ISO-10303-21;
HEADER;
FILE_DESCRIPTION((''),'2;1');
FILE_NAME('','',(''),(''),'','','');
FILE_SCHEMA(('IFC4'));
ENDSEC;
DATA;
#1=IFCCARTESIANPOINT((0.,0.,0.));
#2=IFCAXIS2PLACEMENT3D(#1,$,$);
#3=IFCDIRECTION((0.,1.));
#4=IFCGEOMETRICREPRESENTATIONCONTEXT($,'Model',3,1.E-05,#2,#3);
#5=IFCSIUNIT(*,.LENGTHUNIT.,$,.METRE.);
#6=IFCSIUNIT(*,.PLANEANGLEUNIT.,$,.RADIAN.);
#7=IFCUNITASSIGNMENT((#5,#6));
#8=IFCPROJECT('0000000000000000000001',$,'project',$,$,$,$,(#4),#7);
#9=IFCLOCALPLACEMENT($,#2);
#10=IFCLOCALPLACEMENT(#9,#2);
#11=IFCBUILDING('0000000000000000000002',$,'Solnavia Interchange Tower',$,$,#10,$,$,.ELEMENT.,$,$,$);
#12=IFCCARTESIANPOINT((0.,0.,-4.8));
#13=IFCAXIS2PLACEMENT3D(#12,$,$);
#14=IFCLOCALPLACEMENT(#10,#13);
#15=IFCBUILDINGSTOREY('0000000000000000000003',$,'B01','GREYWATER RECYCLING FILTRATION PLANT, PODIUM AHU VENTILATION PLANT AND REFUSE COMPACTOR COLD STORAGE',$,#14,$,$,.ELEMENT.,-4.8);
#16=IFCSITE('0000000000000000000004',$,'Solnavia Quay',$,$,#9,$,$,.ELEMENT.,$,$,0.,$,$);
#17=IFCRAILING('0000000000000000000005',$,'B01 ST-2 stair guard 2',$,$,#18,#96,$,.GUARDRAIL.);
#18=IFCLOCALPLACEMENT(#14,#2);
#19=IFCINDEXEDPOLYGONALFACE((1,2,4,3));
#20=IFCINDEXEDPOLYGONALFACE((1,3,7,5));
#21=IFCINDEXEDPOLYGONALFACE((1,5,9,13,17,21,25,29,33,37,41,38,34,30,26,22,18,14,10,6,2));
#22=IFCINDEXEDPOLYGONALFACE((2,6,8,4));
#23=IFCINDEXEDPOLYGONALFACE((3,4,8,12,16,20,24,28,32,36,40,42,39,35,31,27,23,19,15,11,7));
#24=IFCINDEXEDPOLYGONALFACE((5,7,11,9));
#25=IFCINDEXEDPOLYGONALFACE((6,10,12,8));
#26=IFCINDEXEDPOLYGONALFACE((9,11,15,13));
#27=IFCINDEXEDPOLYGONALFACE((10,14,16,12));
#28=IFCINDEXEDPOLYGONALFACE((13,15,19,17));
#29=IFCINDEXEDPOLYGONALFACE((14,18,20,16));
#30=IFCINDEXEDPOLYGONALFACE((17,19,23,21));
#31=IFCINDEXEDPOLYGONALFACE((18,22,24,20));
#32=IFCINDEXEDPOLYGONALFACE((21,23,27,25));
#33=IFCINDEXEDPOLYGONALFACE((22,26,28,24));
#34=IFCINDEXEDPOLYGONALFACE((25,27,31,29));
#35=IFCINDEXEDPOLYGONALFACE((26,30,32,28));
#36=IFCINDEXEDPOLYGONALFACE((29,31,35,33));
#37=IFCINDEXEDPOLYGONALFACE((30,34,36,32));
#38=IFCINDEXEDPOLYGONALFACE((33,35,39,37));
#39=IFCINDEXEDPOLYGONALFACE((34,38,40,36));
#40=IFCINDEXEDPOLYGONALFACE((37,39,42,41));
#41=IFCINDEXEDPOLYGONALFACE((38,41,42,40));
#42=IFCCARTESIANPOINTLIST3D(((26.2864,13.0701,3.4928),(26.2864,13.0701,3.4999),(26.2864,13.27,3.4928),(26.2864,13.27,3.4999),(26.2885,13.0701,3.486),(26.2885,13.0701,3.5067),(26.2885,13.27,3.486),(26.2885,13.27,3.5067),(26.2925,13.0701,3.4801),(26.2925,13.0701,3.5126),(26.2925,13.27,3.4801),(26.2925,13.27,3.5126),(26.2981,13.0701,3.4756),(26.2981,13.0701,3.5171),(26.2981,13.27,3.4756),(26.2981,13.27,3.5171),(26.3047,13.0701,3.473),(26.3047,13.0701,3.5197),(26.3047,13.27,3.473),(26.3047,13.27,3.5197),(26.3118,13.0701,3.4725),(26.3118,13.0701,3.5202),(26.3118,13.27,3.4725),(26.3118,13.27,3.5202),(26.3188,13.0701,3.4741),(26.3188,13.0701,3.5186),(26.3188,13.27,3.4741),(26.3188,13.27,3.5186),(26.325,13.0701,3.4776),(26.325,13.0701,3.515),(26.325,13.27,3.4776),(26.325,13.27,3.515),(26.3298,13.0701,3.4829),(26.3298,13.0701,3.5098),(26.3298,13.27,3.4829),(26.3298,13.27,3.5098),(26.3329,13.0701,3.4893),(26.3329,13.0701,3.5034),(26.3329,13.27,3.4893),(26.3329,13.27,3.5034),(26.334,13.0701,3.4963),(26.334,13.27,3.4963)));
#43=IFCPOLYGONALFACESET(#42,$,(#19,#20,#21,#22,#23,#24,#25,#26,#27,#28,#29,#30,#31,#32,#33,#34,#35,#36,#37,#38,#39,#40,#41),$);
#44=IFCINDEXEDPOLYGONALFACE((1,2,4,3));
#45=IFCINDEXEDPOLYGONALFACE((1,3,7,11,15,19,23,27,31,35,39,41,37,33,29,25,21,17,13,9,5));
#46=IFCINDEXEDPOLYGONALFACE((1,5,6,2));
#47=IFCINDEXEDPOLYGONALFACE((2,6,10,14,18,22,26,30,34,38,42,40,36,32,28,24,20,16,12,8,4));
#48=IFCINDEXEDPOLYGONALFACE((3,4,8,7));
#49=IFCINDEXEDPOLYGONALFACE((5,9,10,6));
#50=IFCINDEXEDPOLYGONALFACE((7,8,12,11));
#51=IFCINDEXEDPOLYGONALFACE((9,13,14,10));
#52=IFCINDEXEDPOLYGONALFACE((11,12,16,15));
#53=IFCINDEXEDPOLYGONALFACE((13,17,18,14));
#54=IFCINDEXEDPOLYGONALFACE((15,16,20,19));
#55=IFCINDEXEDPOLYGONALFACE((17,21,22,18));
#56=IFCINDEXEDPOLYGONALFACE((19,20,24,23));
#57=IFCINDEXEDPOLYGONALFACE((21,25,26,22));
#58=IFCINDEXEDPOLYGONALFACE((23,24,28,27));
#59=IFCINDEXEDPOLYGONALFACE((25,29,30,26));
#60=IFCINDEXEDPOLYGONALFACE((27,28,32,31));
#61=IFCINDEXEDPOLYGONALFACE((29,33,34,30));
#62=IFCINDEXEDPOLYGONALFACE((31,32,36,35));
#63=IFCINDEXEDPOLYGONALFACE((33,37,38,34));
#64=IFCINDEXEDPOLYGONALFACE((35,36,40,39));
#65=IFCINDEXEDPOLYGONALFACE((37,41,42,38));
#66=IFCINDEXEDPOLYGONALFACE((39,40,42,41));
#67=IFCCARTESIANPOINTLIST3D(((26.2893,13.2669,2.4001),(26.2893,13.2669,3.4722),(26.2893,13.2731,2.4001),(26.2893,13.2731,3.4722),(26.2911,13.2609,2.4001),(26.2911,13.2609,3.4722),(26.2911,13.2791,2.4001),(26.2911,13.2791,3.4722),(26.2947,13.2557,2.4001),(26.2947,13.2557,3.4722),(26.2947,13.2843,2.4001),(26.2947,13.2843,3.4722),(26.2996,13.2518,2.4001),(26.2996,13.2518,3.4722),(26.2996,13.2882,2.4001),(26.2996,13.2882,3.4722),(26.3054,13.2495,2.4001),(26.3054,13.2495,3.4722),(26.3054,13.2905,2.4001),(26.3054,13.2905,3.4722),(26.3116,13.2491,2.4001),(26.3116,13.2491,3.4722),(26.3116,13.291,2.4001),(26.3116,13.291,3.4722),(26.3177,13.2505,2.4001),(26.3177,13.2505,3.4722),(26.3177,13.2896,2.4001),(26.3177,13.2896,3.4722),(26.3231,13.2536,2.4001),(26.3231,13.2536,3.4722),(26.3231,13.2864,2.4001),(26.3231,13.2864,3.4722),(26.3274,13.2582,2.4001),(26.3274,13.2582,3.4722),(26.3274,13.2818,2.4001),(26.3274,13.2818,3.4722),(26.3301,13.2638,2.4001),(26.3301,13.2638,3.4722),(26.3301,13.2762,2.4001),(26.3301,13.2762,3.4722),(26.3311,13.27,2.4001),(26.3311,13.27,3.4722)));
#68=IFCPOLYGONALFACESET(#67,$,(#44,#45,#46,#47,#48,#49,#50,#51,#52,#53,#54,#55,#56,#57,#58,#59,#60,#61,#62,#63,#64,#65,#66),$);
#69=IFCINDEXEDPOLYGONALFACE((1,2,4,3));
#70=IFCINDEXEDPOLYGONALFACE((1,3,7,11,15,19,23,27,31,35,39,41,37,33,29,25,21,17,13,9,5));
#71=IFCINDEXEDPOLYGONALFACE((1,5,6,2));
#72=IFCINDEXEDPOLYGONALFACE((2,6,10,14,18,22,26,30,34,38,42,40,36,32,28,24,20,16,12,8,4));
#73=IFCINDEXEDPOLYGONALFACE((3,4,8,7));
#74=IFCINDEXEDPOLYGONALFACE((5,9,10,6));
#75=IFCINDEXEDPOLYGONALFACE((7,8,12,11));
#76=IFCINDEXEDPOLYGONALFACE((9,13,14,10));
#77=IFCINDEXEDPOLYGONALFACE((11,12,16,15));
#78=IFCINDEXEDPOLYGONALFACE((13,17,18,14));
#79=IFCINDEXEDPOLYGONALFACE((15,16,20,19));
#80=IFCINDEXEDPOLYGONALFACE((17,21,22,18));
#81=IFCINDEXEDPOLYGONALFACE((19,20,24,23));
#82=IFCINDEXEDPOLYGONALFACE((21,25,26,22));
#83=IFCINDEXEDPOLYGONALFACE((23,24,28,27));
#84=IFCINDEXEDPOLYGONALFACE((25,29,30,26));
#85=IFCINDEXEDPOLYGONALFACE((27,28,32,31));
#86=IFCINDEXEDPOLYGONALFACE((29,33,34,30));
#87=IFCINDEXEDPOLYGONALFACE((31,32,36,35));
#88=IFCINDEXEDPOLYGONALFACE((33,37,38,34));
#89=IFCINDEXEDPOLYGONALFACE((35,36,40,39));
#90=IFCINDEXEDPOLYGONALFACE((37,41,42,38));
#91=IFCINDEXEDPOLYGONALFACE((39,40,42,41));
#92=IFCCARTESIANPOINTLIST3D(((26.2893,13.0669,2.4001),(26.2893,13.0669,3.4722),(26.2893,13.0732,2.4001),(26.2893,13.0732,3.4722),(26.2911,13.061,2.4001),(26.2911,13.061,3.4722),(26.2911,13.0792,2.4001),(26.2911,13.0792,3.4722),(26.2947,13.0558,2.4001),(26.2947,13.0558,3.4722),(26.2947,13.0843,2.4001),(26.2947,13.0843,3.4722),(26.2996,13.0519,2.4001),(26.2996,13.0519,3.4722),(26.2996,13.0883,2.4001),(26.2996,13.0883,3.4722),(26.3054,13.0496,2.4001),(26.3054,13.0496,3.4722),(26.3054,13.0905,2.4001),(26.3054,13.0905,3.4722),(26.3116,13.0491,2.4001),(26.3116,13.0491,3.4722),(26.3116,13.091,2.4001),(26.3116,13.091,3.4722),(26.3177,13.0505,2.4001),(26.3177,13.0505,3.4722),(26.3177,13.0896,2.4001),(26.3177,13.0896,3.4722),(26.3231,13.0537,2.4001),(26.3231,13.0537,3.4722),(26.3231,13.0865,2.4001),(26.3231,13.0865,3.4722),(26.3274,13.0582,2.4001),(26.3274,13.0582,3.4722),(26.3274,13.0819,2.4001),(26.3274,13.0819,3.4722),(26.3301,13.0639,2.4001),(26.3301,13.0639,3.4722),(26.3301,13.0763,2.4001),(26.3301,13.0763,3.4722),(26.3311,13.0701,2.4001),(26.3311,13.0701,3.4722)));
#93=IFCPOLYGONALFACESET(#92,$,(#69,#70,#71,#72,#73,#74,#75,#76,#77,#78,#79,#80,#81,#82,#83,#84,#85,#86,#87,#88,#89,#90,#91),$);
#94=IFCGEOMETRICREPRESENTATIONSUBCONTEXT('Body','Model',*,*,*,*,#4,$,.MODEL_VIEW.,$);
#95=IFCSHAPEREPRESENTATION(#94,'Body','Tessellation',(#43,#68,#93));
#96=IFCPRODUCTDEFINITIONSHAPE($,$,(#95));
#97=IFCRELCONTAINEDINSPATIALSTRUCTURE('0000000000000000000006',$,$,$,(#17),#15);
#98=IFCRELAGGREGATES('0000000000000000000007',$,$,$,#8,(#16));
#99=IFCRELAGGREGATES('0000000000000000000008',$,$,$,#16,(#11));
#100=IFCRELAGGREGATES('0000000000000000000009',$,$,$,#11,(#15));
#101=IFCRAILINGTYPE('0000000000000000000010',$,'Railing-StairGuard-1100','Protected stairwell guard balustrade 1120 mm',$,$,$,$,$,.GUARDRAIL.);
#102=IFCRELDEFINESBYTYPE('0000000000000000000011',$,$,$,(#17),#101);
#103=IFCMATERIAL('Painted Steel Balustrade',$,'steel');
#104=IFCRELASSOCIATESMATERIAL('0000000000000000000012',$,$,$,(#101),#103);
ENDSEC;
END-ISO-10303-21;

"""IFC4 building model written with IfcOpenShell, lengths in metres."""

from ifc_helpers import new_model, si_unit, direction, frame, origin, origin_2d, place, context, subcontext, project, spatial, circle, extrude, material, type_object, element, save


model = new_model("IFC4")

# Units and contexts
model_context = context("Model", 3, precision=1e-05, world=origin(), true_north=direction((0.0, 1.0)))
body_context = subcontext(model_context, "Body", "Model", "MODEL_VIEW")
ifc_project = project(units=[si_unit("LENGTHUNIT", "METRE"), si_unit("PLANEANGLEUNIT", "RADIAN")], contexts=[model_context])

# Site, building, storey
site_placement = place(None, origin())
site = spatial("IfcSite", under=ifc_project, at=site_placement, Name="Solnavia Quay", CompositionType="ELEMENT", RefElevation=0.0)
building_placement = place(site_placement, origin())
building = spatial("IfcBuilding", under=site, at=building_placement, Name="Solnavia Interchange Tower", CompositionType="ELEMENT")
storey_placement = place(building_placement, frame((0.0, 0.0, -4.8)))
storey = spatial("IfcBuildingStorey", under=building, at=storey_placement, Name="B01", Description="GREYWATER RECYCLING FILTRATION PLANT, PODIUM AHU VENTILATION PLANT AND REFUSE COMPACTOR COLD STORAGE", CompositionType="ELEMENT", Elevation=-4.8)

# Railing
ifc_material_1 = material(Name="Painted Steel Balustrade", Category="steel")
railing_type_1 = type_object("IfcRailingType", Name="Railing-StairGuard-1100", Description="Protected stairwell guard balustrade 1120 mm", PredefinedType="GUARDRAIL", material=ifc_material_1)
railing_1_placement = place(storey_placement, frame((26.3101, 13.27, 2.4001)))
element("IfcRailing", 1, at=railing_1_placement, inside=storey, type_object=railing_type_1, Name="B01 ST-2 stair guard 2", PredefinedType="GUARDRAIL", context=body_context, shape_type="SweptSolid", body=[
    extrude(circle(Radius=0.0239, at=origin_2d()), frame((0.0, 0.0, 1.0962), z_axis=(0.0, -1.0, 0.0), x_axis=(1.0, 0.0, 0.0)), (0.0, 0.0, 1.0), 0.2),
    extrude(circle(Radius=0.021, at=origin_2d()), origin(), (0.0, 0.0, 1.0), 1.072),
    extrude(circle(Radius=0.021, at=origin_2d()), frame((0.0, -0.2, 0.0)), (0.0, 0.0, 1.0), 1.072),
])

save(model, "model.ifc")
